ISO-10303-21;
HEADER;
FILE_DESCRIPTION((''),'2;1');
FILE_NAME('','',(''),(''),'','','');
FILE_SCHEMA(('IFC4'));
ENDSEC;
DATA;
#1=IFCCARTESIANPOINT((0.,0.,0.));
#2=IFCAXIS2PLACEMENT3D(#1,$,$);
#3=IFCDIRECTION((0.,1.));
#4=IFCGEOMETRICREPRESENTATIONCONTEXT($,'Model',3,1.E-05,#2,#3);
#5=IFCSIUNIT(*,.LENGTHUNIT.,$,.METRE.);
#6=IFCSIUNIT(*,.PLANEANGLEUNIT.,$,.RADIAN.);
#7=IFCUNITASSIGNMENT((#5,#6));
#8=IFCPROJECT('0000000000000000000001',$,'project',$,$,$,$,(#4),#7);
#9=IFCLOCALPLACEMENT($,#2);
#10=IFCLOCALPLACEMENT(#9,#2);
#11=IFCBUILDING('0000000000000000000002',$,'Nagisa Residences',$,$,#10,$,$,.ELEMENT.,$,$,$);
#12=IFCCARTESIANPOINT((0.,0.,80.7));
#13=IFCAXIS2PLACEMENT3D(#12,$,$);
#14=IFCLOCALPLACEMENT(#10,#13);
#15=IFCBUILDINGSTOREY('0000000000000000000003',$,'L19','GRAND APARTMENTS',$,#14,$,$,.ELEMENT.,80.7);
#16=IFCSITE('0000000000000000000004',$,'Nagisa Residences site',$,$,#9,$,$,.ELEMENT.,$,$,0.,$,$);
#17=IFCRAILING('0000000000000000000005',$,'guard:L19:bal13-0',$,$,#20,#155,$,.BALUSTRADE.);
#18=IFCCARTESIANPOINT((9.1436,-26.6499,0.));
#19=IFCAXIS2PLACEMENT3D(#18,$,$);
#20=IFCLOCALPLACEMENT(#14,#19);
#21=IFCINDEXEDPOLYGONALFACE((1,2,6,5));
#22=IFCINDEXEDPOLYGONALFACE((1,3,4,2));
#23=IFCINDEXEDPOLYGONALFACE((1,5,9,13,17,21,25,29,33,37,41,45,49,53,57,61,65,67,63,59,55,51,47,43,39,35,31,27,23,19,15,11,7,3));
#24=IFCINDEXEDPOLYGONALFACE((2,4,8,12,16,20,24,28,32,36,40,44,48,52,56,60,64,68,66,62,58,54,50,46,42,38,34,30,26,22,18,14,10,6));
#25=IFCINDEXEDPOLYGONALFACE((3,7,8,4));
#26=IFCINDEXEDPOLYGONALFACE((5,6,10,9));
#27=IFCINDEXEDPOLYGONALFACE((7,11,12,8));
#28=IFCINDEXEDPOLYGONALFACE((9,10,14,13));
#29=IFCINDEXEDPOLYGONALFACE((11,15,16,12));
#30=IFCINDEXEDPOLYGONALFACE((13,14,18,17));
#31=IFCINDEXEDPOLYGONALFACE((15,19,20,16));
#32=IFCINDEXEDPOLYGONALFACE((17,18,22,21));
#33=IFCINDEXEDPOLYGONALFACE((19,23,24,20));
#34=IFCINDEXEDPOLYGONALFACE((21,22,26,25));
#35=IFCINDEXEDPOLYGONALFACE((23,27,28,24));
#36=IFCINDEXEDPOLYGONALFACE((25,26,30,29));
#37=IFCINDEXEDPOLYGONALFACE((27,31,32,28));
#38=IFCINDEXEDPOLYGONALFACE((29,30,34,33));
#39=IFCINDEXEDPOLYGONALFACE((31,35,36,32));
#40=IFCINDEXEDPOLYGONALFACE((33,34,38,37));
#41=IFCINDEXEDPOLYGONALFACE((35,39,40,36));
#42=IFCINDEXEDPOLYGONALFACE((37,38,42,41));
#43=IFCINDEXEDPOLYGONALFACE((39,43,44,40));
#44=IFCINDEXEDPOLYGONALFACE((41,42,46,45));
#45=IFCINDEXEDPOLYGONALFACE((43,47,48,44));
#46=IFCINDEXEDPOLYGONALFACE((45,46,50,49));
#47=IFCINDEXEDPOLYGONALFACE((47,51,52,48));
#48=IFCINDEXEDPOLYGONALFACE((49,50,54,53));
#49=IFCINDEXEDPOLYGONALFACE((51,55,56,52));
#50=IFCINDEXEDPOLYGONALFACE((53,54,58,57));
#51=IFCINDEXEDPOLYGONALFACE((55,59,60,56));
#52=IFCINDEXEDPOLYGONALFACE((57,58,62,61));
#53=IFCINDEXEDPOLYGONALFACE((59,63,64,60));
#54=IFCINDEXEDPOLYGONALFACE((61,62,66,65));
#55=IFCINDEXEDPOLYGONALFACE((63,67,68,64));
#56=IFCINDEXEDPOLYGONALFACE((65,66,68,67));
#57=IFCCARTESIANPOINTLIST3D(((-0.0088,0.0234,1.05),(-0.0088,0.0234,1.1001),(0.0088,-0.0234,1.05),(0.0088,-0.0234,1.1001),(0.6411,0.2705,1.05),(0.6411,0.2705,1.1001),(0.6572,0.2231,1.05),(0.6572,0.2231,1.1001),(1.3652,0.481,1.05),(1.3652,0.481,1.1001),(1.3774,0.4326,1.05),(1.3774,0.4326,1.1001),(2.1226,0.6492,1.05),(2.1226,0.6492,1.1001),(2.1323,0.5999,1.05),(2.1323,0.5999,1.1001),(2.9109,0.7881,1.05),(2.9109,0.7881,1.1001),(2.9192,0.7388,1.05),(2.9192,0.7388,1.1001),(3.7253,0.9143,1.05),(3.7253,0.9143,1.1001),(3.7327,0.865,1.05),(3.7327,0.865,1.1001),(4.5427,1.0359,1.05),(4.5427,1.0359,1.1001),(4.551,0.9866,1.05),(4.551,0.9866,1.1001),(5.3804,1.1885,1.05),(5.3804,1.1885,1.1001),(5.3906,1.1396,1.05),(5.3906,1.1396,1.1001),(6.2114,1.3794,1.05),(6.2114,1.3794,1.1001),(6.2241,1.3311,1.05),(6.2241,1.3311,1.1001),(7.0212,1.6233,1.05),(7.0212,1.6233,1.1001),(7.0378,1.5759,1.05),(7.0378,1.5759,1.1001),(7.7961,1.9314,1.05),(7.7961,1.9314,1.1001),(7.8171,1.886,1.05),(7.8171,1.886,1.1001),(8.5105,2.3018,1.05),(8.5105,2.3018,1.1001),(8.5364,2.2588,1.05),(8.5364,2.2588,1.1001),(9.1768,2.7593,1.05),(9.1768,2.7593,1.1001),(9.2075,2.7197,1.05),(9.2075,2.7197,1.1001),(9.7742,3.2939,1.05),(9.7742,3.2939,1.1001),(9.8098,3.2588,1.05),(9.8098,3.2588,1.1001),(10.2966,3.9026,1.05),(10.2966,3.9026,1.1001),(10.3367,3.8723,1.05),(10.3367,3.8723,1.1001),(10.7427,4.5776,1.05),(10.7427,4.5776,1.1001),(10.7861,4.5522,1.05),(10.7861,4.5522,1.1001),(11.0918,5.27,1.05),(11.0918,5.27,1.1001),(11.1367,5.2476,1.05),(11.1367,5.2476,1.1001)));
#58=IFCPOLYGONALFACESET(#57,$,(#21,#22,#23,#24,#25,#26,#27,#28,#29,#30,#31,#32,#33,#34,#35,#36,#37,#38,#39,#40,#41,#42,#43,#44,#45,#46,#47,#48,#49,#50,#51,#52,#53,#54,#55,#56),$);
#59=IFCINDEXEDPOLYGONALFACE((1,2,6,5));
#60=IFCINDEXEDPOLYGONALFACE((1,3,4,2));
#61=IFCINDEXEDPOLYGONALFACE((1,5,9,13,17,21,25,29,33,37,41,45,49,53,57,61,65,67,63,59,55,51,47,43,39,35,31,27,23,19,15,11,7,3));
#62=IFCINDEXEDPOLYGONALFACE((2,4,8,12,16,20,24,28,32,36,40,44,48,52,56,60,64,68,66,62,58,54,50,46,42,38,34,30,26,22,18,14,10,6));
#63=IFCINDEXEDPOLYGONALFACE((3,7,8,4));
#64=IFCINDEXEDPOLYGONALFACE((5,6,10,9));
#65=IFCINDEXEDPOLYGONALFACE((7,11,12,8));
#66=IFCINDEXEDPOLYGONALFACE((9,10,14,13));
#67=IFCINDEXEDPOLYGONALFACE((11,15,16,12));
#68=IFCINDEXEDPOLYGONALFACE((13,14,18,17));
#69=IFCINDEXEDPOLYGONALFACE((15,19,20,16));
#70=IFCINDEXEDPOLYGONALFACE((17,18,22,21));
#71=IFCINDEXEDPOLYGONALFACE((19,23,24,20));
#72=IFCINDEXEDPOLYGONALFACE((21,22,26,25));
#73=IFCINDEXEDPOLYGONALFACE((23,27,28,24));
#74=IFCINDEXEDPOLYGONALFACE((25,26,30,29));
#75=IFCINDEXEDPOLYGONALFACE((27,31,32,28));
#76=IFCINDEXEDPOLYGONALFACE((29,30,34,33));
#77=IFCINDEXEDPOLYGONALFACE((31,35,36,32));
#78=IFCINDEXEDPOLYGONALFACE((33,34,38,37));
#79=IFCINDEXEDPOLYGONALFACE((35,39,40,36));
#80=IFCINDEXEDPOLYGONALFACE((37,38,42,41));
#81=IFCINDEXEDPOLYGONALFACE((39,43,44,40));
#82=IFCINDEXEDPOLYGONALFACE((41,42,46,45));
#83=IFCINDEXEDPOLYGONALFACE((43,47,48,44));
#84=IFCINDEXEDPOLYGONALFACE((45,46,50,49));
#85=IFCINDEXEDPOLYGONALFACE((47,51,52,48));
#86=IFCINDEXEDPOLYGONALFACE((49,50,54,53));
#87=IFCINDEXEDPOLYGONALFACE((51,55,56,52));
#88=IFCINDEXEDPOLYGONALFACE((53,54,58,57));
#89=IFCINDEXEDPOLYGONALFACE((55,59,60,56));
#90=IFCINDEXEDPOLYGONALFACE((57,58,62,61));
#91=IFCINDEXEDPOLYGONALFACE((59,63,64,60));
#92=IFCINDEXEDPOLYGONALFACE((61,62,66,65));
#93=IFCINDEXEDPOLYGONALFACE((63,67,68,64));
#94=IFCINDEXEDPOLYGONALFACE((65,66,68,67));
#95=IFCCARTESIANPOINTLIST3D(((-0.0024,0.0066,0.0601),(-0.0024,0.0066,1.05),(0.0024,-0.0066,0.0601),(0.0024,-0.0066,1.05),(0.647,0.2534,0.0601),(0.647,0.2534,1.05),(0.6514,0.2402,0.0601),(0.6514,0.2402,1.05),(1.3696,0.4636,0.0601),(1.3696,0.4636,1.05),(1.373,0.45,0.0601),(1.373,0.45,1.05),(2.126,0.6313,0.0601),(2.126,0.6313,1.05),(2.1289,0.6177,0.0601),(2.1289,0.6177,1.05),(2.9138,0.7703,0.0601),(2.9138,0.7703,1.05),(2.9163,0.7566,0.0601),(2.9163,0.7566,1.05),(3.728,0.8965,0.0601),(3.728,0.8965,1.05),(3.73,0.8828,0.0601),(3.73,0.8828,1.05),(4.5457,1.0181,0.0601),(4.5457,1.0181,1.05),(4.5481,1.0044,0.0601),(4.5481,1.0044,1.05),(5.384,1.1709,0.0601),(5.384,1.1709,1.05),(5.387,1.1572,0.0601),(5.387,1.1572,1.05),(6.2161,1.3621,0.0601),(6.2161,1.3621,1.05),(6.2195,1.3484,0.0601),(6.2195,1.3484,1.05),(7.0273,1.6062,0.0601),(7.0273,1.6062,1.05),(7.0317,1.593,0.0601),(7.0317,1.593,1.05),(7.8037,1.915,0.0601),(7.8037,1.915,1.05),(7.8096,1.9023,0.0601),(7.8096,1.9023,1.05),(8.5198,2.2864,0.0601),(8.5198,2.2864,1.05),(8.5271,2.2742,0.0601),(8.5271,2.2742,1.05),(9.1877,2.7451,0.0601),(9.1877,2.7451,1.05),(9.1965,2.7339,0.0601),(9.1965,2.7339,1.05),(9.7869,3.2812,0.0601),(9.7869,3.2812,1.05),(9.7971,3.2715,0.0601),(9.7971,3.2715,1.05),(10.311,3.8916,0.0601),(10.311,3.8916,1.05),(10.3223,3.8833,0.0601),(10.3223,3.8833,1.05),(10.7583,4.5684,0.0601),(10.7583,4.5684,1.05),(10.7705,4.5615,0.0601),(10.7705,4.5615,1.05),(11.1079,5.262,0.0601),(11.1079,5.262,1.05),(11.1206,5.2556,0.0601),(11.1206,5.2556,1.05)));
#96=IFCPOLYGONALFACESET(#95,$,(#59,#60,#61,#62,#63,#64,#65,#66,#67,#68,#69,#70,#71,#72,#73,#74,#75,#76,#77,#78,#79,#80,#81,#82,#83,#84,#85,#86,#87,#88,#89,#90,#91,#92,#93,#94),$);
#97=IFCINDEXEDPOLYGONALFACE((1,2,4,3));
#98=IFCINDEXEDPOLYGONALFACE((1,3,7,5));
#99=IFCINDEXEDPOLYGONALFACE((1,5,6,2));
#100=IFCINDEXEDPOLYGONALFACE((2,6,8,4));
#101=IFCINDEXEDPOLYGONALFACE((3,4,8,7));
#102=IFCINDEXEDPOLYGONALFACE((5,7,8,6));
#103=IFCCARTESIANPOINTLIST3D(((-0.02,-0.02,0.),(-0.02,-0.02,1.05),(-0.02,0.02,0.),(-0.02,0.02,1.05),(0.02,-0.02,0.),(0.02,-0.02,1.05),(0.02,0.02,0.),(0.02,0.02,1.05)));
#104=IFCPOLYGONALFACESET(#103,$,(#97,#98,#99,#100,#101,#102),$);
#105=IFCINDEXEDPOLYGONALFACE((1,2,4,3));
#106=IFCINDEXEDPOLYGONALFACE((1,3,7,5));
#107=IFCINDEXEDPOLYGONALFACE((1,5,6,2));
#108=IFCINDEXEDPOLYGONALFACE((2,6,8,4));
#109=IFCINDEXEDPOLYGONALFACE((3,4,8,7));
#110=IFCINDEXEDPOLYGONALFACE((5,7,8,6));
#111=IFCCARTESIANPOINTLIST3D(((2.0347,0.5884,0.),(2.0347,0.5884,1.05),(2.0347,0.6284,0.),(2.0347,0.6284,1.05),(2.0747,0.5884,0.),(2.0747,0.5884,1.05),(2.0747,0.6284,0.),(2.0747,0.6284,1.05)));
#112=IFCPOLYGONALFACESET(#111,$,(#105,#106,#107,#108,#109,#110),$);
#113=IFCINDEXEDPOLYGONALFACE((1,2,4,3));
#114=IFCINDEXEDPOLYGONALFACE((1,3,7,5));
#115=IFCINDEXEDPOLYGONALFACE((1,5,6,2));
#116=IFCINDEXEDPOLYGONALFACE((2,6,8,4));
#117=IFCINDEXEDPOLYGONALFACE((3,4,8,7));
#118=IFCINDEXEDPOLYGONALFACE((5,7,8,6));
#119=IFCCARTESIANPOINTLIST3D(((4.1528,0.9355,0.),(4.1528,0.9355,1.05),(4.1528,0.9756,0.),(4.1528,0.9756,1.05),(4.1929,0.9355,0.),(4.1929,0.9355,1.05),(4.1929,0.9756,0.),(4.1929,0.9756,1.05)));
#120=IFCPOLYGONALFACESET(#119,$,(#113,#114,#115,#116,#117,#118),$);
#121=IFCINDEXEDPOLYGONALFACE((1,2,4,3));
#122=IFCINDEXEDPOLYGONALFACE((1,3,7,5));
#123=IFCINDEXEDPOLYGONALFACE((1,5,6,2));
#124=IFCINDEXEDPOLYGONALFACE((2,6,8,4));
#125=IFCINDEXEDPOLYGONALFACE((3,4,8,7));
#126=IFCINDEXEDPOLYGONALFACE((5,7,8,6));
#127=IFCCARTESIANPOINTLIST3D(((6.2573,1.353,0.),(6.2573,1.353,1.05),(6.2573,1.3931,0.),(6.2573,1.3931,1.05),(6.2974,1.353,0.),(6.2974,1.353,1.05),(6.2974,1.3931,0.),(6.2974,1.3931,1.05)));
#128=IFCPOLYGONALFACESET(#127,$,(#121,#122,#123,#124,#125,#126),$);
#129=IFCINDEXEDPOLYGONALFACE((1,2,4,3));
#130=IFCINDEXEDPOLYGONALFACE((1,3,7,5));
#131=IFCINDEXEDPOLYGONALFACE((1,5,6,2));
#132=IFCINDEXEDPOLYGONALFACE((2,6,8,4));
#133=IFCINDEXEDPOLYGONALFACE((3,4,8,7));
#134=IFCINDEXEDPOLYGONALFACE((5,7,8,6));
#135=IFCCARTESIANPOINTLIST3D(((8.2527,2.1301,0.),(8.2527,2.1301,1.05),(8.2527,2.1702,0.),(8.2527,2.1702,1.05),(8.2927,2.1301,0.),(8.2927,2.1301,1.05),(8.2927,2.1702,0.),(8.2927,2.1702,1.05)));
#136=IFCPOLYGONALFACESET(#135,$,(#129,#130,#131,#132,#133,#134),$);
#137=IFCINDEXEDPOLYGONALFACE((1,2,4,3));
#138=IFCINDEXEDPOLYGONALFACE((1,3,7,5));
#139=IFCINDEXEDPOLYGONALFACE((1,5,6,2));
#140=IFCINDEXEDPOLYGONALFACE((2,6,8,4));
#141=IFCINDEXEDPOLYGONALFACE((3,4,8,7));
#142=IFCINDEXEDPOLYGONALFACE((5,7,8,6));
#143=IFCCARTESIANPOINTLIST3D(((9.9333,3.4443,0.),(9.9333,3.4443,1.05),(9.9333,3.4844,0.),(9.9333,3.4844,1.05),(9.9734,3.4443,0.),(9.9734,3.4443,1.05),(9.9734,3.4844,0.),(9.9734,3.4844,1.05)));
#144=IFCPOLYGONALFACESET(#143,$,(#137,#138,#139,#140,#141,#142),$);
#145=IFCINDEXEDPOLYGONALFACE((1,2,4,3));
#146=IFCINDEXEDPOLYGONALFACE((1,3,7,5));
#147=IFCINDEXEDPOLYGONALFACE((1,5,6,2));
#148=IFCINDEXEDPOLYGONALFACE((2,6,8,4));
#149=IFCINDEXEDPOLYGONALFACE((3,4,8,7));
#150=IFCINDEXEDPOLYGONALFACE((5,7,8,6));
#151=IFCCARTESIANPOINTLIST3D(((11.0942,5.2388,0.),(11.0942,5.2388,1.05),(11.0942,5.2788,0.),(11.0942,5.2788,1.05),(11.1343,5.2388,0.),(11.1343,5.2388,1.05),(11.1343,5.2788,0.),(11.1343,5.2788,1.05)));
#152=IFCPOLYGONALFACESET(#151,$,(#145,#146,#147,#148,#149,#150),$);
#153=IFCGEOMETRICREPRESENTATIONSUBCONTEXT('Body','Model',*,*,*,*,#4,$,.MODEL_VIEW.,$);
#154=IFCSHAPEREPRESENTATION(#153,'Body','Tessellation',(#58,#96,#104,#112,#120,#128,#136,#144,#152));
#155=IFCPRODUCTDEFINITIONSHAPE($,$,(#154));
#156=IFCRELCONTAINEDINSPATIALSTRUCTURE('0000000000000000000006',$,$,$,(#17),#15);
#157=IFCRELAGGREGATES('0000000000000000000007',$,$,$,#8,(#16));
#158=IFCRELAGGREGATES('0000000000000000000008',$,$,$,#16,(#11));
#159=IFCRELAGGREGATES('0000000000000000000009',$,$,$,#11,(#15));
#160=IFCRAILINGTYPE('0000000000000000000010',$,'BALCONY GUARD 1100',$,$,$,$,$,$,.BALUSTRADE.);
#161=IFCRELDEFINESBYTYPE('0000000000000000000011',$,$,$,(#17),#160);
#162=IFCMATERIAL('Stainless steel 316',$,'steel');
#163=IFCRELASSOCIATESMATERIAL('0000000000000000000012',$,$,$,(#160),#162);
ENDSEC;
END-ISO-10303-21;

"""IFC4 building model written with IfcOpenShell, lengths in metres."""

from ifc_helpers import new_model, si_unit, direction, frame, origin, origin_2d, place, context, subcontext, project, spatial, polyline, rectangle, outline, extrude, material, type_object, element, save


model = new_model("IFC4")

# Units and contexts
model_context = context("Model", 3, precision=1e-05, world=origin(), true_north=direction((0.0, 1.0)))
body_context = subcontext(model_context, "Body", "Model", "MODEL_VIEW")
ifc_project = project(units=[si_unit("LENGTHUNIT", "METRE"), si_unit("PLANEANGLEUNIT", "RADIAN")], contexts=[model_context])

# Site, building, storey
site_placement = place(None, origin())
site = spatial("IfcSite", under=ifc_project, at=site_placement, Name="Nagisa Residences site", CompositionType="ELEMENT", RefElevation=0.0)
building_placement = place(site_placement, origin())
building = spatial("IfcBuilding", under=site, at=building_placement, Name="Nagisa Residences", CompositionType="ELEMENT")
storey_placement = place(building_placement, frame((0.0, 0.0, 80.7)))
storey = spatial("IfcBuildingStorey", under=building, at=storey_placement, Name="L19", Description="GRAND APARTMENTS", CompositionType="ELEMENT", Elevation=80.7)

# Railing
ifc_material_1 = material(Name="Stainless steel 316", Category="steel")
railing_type = type_object("IfcRailingType", Name="BALCONY GUARD 1100", PredefinedType="BALUSTRADE", material=ifc_material_1)
railing_placement = place(storey_placement, frame((9.1436, -26.6499, 0.0)))
element("IfcRailing", 1, at=railing_placement, inside=storey, type_object=railing_type, Name="guard:L19:bal13-0", PredefinedType="BALUSTRADE", context=body_context, shape_type="SweptSolid", body=[
    extrude(outline(polyline([(0.6411, 0.2705), (-0.0088, 0.0234), (0.0088, -0.0234), (0.6572, 0.2231), (1.3774, 0.4326), (2.1323, 0.5999), (2.9192, 0.7388), (3.7327, 0.865), (4.551, 0.9866), (5.3906, 1.1396), (6.2241, 1.3311), (7.0378, 1.5759), (7.8171, 1.886), (8.5364, 2.2588), (9.2075, 2.7197), (9.8098, 3.2588), (10.3367, 3.8723), (10.7861, 4.5522), (11.1367, 5.2476), (11.0918, 5.27), (10.7427, 4.5776), (10.2966, 3.9026), (9.7742, 3.2939), (9.1768, 2.7593), (8.5105, 2.3018), (7.7961, 1.9314), (7.0212, 1.6233), (6.2114, 1.3794), (5.3804, 1.1885), (4.5427, 1.0359), (3.7253, 0.9143), (2.9109, 0.7881), (2.1226, 0.6492), (1.3652, 0.481), (0.6411, 0.2705)])), frame((0.0, 0.0, 1.05)), (0.0, 0.0, 1.0), 0.05),
    extrude(outline(polyline([(0.647, 0.2534), (-0.0024, 0.0066), (0.0024, -0.0066), (0.6514, 0.2402), (1.373, 0.45), (2.1289, 0.6177), (2.9163, 0.7566), (3.73, 0.8828), (4.5481, 1.0044), (5.387, 1.1572), (6.2195, 1.3484), (7.0317, 1.593), (7.8096, 1.9023), (8.5271, 2.2742), (9.1965, 2.7339), (9.7971, 3.2715), (10.3223, 3.8833), (10.7705, 4.5615), (11.1206, 5.2556), (11.1079, 5.262), (10.7583, 4.5684), (10.311, 3.8916), (9.7869, 3.2812), (9.1877, 2.7451), (8.5198, 2.2864), (7.8037, 1.915), (7.0273, 1.6062), (6.2161, 1.3621), (5.384, 1.1709), (4.5457, 1.0181), (3.728, 0.8965), (2.9138, 0.7703), (2.126, 0.6313), (1.3696, 0.4636), (0.647, 0.2534)])), frame((0.0, 0.0, 0.0601)), (0.0, 0.0, 1.0), 0.99),
    extrude(rectangle(XDim=0.04, YDim=0.04, at=origin_2d()), origin(), (0.0, 0.0, 1.0), 1.05),
    extrude(rectangle(XDim=0.04, YDim=0.04, at=origin_2d()), frame((2.0547, 0.6084, 0.0)), (0.0, 0.0, 1.0), 1.05),
    extrude(rectangle(XDim=0.04, YDim=0.04, at=origin_2d()), frame((4.1729, 0.9556, 0.0)), (0.0, 0.0, 1.0), 1.05),
    extrude(rectangle(XDim=0.04, YDim=0.04, at=origin_2d()), frame((6.2773, 1.373, 0.0)), (0.0, 0.0, 1.0), 1.05),
    extrude(rectangle(XDim=0.04, YDim=0.04, at=origin_2d()), frame((8.2727, 2.1501, 0.0)), (0.0, 0.0, 1.0), 1.05),
    extrude(rectangle(XDim=0.04, YDim=0.04, at=origin_2d()), frame((9.9534, 3.4644, 0.0)), (0.0, 0.0, 1.0), 1.05),
    extrude(rectangle(XDim=0.04, YDim=0.04, at=origin_2d()), frame((11.1143, 5.2588, 0.0)), (0.0, 0.0, 1.0), 1.05),
])

save(model, "model.ifc")
